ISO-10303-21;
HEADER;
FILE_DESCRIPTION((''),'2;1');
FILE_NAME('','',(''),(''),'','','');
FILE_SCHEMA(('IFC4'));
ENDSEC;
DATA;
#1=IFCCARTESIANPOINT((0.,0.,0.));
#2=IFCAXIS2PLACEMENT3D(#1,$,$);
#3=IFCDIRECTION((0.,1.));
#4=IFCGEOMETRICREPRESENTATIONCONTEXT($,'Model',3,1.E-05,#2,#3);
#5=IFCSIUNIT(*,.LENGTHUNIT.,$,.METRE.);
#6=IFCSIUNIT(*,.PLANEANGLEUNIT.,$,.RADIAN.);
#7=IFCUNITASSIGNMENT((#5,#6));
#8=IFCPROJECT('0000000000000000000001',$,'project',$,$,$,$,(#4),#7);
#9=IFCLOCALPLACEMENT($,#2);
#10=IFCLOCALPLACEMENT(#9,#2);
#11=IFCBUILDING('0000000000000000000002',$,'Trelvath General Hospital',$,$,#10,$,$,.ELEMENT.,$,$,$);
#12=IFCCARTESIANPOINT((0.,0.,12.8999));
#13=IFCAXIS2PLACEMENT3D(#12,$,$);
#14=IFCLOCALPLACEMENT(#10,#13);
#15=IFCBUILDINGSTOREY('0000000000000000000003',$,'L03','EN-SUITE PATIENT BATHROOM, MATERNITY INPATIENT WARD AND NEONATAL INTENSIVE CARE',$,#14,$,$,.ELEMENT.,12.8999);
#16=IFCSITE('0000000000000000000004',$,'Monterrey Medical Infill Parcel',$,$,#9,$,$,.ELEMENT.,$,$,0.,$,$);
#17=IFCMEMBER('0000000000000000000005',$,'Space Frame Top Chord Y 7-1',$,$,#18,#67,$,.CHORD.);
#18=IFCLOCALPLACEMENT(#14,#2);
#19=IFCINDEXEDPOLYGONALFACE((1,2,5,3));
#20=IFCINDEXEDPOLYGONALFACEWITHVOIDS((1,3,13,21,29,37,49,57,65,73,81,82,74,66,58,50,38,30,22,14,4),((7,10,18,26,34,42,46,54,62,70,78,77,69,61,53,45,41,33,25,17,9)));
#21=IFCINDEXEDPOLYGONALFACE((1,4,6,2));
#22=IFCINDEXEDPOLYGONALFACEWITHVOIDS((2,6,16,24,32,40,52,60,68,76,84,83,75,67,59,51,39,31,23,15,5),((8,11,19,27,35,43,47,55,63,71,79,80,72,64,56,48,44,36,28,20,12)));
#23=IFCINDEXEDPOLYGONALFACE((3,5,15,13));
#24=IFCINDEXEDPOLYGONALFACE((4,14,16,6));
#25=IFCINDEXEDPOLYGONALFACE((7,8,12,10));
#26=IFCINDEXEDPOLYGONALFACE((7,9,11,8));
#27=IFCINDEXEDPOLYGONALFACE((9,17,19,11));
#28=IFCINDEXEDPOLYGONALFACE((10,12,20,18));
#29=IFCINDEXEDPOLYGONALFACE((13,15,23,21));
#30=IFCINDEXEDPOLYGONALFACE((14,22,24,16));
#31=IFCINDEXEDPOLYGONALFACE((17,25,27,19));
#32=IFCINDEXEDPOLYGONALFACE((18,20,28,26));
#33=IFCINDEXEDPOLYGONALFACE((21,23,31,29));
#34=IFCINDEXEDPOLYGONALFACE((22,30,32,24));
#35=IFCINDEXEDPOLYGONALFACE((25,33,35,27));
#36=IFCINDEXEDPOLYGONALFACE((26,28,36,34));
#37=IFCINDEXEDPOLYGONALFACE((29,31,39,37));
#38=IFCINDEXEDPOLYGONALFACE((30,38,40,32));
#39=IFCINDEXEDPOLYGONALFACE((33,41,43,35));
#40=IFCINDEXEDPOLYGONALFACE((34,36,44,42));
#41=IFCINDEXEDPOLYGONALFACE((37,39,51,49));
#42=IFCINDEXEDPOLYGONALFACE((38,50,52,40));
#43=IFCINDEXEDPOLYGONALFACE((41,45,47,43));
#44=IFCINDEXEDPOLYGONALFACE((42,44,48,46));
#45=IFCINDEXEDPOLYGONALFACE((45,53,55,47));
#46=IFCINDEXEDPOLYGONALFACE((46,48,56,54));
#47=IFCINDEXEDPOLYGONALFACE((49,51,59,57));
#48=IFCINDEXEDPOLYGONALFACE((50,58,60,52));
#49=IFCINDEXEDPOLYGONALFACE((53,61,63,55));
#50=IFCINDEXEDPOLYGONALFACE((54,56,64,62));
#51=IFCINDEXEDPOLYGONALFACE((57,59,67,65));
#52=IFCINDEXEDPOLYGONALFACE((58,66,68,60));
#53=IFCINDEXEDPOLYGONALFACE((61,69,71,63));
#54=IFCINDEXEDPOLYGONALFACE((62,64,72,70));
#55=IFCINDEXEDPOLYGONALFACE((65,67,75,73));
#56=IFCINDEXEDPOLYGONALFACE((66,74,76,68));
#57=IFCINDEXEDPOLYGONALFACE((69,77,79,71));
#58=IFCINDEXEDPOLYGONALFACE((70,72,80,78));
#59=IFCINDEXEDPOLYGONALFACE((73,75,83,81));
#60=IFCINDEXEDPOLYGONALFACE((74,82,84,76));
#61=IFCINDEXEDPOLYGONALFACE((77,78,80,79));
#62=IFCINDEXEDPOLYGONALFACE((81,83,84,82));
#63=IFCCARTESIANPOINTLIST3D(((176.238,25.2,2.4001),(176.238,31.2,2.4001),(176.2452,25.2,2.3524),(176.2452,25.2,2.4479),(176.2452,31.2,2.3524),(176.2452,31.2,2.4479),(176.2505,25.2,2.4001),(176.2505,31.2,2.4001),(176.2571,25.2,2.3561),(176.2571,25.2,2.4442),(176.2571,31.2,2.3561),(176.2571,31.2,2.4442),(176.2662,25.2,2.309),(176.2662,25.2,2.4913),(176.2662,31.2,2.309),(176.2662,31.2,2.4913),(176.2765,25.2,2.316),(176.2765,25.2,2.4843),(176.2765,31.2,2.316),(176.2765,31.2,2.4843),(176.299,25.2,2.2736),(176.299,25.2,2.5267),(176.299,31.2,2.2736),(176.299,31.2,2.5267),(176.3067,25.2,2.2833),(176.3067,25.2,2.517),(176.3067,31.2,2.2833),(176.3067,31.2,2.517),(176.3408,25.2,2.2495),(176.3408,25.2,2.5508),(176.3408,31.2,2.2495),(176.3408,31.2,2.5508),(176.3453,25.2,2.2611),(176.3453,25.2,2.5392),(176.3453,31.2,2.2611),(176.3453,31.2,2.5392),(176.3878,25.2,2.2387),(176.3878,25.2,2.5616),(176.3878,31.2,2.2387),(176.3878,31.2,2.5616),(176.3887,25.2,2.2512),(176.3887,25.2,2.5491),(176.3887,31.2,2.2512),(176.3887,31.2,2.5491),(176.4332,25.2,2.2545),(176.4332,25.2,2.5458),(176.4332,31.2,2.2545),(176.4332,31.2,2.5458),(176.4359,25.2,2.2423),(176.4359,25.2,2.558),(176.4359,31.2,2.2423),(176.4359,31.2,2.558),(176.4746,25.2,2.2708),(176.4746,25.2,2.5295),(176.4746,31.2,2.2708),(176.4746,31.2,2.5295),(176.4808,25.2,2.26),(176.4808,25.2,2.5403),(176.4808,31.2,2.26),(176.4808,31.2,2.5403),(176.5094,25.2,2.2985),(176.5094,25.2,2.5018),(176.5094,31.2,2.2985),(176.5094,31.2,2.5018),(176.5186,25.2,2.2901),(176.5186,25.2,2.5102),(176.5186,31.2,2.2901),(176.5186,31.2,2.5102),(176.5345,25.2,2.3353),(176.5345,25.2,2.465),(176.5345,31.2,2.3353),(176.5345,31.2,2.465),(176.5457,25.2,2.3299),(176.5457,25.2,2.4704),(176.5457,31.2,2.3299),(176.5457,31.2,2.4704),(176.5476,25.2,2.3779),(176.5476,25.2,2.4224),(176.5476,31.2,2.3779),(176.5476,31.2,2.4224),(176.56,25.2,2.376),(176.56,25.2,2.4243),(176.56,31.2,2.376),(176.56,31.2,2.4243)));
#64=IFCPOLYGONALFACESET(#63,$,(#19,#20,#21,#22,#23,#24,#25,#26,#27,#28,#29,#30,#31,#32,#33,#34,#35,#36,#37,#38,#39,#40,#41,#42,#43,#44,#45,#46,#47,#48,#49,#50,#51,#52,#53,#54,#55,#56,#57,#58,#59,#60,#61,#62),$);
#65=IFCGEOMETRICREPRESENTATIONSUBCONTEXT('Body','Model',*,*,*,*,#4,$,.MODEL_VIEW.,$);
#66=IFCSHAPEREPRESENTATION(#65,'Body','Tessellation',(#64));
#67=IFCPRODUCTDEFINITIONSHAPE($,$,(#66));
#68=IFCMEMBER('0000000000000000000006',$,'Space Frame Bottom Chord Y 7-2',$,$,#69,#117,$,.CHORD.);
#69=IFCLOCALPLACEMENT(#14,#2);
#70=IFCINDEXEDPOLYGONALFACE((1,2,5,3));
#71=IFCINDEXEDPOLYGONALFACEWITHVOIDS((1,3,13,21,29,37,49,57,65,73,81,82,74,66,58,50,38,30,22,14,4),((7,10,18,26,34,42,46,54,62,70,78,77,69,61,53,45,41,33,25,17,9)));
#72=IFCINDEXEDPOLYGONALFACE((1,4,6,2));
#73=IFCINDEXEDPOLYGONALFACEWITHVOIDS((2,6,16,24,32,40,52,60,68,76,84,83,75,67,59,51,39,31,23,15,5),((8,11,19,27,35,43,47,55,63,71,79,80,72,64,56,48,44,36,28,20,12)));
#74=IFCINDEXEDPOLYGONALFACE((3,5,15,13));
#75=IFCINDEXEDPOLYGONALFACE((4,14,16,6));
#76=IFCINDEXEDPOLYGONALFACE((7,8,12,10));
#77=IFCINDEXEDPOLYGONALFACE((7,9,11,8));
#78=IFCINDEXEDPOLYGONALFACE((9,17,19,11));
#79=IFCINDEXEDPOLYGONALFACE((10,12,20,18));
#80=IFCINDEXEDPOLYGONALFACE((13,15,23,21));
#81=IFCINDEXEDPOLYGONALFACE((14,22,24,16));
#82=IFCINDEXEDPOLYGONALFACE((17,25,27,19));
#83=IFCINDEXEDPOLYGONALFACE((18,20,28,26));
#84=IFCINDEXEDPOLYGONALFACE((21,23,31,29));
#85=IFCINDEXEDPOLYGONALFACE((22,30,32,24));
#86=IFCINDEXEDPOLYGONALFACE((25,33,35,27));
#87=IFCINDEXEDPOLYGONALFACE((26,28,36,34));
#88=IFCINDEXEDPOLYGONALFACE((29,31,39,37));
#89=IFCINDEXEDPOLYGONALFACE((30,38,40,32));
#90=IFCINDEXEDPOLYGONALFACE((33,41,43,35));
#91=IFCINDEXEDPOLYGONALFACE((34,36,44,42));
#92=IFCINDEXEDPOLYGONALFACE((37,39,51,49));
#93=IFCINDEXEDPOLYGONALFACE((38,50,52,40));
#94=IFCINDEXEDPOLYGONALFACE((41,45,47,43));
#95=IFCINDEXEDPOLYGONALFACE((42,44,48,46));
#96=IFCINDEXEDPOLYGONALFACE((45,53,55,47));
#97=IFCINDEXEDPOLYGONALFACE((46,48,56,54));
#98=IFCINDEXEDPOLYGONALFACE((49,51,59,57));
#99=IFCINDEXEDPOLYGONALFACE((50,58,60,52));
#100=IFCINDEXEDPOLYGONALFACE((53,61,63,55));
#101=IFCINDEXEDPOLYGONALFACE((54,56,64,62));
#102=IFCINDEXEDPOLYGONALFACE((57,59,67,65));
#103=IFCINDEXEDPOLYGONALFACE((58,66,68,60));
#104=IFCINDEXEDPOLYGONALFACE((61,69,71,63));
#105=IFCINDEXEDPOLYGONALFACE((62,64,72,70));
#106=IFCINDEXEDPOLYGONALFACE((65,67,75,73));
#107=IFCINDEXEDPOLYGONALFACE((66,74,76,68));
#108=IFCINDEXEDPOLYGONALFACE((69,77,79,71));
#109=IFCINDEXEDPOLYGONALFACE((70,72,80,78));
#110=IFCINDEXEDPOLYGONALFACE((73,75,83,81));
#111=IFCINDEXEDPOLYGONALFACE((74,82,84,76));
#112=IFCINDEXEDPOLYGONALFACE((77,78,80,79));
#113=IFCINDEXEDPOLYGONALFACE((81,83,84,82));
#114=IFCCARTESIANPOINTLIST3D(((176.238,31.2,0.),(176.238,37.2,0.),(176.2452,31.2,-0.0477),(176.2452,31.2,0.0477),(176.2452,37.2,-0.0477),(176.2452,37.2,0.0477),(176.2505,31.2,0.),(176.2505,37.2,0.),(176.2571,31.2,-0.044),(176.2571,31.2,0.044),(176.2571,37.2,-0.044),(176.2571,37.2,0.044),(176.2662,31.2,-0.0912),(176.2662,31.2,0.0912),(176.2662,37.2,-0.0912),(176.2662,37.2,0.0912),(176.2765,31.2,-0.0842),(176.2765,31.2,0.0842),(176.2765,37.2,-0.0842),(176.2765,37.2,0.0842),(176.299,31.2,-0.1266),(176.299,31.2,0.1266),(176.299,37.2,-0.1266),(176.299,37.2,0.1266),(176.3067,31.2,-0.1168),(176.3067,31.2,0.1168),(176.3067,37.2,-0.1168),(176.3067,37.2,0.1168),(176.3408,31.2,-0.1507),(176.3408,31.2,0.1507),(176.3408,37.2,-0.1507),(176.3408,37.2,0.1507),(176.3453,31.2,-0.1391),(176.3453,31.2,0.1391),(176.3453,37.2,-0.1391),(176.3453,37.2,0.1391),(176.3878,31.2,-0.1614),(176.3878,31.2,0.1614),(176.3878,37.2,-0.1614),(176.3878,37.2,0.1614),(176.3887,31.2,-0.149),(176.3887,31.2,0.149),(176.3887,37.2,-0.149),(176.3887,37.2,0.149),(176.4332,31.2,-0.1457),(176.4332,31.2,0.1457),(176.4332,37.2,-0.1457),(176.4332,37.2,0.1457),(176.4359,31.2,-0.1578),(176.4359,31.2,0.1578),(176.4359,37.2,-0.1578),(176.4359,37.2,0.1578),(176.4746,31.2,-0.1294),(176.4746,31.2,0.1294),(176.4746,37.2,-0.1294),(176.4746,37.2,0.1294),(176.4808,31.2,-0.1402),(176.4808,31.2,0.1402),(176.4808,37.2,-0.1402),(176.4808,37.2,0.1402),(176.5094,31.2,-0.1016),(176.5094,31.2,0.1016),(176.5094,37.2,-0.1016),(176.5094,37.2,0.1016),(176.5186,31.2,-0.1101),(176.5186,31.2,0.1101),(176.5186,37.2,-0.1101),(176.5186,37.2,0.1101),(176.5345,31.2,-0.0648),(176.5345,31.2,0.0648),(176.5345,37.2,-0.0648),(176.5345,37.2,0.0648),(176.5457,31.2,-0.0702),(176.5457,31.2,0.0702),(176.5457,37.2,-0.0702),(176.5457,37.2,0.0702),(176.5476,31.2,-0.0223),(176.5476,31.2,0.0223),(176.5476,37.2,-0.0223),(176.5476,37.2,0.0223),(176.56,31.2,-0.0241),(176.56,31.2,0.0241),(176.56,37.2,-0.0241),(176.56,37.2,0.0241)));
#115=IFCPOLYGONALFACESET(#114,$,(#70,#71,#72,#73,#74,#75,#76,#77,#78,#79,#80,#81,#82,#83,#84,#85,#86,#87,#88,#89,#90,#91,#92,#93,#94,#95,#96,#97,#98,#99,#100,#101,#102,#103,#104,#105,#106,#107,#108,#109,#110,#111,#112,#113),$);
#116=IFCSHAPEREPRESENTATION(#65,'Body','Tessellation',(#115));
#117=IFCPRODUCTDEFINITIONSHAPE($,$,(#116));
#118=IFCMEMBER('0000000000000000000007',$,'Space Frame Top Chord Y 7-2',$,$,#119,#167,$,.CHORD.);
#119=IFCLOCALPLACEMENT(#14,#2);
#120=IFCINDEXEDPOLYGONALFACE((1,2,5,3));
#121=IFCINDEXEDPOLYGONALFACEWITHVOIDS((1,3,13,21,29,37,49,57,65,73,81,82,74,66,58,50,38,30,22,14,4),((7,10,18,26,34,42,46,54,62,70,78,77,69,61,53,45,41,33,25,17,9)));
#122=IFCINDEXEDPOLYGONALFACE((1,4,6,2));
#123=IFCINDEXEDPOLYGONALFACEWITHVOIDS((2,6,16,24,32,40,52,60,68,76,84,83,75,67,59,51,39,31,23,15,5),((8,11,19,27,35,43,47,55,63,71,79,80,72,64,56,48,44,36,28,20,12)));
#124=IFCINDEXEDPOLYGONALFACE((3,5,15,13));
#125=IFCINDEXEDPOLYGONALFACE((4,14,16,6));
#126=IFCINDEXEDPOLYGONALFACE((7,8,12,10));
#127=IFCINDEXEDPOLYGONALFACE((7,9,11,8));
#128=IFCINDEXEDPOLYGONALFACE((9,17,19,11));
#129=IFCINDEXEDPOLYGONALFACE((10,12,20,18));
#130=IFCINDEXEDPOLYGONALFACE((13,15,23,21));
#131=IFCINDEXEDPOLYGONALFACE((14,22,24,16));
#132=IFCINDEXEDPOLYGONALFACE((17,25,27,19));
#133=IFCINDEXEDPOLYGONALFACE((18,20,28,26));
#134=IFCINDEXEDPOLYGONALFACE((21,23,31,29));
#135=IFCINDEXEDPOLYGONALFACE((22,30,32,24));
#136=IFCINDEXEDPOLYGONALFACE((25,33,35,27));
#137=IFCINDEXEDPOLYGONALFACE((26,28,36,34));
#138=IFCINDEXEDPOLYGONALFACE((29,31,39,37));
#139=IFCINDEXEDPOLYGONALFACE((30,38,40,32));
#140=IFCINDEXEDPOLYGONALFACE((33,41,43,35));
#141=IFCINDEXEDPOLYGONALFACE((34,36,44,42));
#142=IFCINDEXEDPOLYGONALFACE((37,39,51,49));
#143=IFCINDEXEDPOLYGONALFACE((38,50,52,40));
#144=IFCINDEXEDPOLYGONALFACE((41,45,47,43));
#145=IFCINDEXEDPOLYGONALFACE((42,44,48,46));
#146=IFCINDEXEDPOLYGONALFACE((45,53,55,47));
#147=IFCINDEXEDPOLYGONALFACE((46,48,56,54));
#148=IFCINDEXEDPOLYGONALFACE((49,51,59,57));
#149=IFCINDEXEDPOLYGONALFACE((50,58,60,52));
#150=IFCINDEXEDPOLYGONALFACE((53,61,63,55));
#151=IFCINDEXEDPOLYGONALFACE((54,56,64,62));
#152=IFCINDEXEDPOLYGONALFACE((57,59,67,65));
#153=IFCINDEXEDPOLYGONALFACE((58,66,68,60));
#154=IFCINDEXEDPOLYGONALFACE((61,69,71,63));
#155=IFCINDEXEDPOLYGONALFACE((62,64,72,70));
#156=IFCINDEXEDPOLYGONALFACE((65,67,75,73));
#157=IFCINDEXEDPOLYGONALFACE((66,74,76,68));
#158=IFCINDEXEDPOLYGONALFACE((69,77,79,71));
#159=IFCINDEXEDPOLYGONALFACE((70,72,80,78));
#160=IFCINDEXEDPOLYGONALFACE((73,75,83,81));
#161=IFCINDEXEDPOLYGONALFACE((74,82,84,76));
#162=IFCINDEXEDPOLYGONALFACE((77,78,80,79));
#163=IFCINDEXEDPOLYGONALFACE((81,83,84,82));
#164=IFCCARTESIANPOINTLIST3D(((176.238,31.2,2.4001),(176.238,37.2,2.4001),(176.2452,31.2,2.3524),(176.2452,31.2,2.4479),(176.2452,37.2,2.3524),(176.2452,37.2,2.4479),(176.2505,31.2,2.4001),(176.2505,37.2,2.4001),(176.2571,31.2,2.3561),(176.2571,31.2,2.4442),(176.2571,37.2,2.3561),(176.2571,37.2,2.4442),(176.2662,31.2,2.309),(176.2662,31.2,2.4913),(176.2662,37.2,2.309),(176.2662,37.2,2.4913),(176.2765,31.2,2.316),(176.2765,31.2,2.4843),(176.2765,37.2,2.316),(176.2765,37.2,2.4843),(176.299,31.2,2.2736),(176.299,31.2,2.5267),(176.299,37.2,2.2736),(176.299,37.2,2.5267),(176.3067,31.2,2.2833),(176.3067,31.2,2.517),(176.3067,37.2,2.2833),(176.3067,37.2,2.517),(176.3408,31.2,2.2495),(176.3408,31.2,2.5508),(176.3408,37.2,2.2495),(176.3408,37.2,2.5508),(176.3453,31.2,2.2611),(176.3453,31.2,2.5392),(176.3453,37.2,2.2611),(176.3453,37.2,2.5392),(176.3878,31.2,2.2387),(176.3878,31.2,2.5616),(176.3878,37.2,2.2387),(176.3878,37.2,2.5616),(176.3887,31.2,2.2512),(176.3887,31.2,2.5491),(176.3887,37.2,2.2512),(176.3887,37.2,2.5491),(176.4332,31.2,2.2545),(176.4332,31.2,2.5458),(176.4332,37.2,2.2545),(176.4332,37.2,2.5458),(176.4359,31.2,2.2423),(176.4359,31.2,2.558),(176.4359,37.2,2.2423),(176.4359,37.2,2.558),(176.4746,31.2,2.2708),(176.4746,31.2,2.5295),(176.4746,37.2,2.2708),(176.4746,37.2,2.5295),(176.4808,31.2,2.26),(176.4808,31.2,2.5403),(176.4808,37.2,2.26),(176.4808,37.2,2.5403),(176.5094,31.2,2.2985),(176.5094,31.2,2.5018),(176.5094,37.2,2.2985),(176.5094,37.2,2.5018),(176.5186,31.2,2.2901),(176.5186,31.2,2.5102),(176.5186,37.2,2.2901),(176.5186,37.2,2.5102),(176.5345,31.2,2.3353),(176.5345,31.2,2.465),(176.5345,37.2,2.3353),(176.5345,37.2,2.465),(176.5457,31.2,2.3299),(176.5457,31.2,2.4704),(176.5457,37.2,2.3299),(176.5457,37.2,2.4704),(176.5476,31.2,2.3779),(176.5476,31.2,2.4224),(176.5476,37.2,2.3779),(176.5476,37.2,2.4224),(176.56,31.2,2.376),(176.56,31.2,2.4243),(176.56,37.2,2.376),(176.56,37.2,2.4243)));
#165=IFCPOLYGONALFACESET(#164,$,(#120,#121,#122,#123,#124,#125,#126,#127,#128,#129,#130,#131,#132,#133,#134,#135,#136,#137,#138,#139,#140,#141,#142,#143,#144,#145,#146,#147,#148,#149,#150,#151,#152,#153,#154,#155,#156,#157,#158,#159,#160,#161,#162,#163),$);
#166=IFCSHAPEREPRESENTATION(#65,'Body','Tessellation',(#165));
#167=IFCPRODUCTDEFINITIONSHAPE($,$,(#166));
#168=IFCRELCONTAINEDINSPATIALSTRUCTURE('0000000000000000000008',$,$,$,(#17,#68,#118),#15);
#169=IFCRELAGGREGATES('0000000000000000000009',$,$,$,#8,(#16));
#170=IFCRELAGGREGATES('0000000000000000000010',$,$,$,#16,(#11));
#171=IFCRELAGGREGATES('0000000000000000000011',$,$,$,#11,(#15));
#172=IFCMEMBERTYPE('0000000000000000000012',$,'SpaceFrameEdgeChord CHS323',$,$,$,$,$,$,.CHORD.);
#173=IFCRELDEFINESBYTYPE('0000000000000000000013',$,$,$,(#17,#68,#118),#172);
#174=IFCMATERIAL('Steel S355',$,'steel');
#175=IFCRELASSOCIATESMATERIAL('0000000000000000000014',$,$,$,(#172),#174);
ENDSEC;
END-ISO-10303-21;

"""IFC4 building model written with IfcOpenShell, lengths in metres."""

from ifc_helpers import new_model, si_unit, direction, frame, origin, origin_2d, place, context, subcontext, project, spatial, hollow_circle, extrude, material, material_profile, profile_set, type_object, element, save


model = new_model("IFC4")

# Units and contexts
model_context = context("Model", 3, precision=1e-05, world=origin(), true_north=direction((0.0, 1.0)))
body_context = subcontext(model_context, "Body", "Model", "MODEL_VIEW")
ifc_project = project(units=[si_unit("LENGTHUNIT", "METRE"), si_unit("PLANEANGLEUNIT", "RADIAN")], contexts=[model_context])

# Site, building, storey
site_placement = place(None, origin())
site = spatial("IfcSite", under=ifc_project, at=site_placement, Name="Monterrey Medical Infill Parcel", CompositionType="ELEMENT", RefElevation=0.0)
building_placement = place(site_placement, origin())
building = spatial("IfcBuilding", under=site, at=building_placement, Name="Trelvath General Hospital", CompositionType="ELEMENT")
storey_placement = place(building_placement, frame((0.0, 0.0, 12.8999)))
storey = spatial("IfcBuildingStorey", under=building, at=storey_placement, Name="L03", Description="EN-SUITE PATIENT BATHROOM, MATERNITY INPATIENT WARD AND NEONATAL INTENSIVE CARE", CompositionType="ELEMENT", Elevation=12.8999)

# Members
ifc_material_1 = material(Name="Steel S355", Category="steel")
ifc_material_profile_1 = material_profile(ifc_material_1, hollow_circle(Radius=0.1619, WallThickness=0.0125, at=origin_2d()), Name="CHS323.9x12.5")
ifc_profile_set_1 = profile_set([ifc_material_profile_1], Name="Steel S355")
member_type_1 = type_object("IfcMemberType", Name="SpaceFrameEdgeChord CHS323", PredefinedType="CHORD", material=ifc_profile_set_1)
for number, where, z_axis, x_axis, name in (
    (1, (176.3999, 25.2, 2.4001), (0.0, 1.0, 0.0), (-1.0, 0.0, 0.0), "Space Frame Top Chord Y 7-1"),
    (2, (176.3999, 31.2, 0.0), (0.0, 1.0, 0.0), (-1.0, 0.0, 0.0), "Space Frame Bottom Chord Y 7-2"),
    (3, (176.3999, 31.2, 2.4001), (0.0, 1.0, 0.0), (-1.0, 0.0, 0.0), "Space Frame Top Chord Y 7-2"),
):
    element("IfcMember", number, at=place(storey_placement, frame(where, z_axis=z_axis, x_axis=x_axis)), inside=storey, type_object=member_type_1, Name=name, PredefinedType="CHORD", context=body_context, shape_type="SweptSolid", body=[
        extrude(hollow_circle(Radius=0.1619, WallThickness=0.0125, at=origin_2d()), origin(), (0.0, 0.0, 1.0), 6.0),
    ])

save(model, "model.ifc")
